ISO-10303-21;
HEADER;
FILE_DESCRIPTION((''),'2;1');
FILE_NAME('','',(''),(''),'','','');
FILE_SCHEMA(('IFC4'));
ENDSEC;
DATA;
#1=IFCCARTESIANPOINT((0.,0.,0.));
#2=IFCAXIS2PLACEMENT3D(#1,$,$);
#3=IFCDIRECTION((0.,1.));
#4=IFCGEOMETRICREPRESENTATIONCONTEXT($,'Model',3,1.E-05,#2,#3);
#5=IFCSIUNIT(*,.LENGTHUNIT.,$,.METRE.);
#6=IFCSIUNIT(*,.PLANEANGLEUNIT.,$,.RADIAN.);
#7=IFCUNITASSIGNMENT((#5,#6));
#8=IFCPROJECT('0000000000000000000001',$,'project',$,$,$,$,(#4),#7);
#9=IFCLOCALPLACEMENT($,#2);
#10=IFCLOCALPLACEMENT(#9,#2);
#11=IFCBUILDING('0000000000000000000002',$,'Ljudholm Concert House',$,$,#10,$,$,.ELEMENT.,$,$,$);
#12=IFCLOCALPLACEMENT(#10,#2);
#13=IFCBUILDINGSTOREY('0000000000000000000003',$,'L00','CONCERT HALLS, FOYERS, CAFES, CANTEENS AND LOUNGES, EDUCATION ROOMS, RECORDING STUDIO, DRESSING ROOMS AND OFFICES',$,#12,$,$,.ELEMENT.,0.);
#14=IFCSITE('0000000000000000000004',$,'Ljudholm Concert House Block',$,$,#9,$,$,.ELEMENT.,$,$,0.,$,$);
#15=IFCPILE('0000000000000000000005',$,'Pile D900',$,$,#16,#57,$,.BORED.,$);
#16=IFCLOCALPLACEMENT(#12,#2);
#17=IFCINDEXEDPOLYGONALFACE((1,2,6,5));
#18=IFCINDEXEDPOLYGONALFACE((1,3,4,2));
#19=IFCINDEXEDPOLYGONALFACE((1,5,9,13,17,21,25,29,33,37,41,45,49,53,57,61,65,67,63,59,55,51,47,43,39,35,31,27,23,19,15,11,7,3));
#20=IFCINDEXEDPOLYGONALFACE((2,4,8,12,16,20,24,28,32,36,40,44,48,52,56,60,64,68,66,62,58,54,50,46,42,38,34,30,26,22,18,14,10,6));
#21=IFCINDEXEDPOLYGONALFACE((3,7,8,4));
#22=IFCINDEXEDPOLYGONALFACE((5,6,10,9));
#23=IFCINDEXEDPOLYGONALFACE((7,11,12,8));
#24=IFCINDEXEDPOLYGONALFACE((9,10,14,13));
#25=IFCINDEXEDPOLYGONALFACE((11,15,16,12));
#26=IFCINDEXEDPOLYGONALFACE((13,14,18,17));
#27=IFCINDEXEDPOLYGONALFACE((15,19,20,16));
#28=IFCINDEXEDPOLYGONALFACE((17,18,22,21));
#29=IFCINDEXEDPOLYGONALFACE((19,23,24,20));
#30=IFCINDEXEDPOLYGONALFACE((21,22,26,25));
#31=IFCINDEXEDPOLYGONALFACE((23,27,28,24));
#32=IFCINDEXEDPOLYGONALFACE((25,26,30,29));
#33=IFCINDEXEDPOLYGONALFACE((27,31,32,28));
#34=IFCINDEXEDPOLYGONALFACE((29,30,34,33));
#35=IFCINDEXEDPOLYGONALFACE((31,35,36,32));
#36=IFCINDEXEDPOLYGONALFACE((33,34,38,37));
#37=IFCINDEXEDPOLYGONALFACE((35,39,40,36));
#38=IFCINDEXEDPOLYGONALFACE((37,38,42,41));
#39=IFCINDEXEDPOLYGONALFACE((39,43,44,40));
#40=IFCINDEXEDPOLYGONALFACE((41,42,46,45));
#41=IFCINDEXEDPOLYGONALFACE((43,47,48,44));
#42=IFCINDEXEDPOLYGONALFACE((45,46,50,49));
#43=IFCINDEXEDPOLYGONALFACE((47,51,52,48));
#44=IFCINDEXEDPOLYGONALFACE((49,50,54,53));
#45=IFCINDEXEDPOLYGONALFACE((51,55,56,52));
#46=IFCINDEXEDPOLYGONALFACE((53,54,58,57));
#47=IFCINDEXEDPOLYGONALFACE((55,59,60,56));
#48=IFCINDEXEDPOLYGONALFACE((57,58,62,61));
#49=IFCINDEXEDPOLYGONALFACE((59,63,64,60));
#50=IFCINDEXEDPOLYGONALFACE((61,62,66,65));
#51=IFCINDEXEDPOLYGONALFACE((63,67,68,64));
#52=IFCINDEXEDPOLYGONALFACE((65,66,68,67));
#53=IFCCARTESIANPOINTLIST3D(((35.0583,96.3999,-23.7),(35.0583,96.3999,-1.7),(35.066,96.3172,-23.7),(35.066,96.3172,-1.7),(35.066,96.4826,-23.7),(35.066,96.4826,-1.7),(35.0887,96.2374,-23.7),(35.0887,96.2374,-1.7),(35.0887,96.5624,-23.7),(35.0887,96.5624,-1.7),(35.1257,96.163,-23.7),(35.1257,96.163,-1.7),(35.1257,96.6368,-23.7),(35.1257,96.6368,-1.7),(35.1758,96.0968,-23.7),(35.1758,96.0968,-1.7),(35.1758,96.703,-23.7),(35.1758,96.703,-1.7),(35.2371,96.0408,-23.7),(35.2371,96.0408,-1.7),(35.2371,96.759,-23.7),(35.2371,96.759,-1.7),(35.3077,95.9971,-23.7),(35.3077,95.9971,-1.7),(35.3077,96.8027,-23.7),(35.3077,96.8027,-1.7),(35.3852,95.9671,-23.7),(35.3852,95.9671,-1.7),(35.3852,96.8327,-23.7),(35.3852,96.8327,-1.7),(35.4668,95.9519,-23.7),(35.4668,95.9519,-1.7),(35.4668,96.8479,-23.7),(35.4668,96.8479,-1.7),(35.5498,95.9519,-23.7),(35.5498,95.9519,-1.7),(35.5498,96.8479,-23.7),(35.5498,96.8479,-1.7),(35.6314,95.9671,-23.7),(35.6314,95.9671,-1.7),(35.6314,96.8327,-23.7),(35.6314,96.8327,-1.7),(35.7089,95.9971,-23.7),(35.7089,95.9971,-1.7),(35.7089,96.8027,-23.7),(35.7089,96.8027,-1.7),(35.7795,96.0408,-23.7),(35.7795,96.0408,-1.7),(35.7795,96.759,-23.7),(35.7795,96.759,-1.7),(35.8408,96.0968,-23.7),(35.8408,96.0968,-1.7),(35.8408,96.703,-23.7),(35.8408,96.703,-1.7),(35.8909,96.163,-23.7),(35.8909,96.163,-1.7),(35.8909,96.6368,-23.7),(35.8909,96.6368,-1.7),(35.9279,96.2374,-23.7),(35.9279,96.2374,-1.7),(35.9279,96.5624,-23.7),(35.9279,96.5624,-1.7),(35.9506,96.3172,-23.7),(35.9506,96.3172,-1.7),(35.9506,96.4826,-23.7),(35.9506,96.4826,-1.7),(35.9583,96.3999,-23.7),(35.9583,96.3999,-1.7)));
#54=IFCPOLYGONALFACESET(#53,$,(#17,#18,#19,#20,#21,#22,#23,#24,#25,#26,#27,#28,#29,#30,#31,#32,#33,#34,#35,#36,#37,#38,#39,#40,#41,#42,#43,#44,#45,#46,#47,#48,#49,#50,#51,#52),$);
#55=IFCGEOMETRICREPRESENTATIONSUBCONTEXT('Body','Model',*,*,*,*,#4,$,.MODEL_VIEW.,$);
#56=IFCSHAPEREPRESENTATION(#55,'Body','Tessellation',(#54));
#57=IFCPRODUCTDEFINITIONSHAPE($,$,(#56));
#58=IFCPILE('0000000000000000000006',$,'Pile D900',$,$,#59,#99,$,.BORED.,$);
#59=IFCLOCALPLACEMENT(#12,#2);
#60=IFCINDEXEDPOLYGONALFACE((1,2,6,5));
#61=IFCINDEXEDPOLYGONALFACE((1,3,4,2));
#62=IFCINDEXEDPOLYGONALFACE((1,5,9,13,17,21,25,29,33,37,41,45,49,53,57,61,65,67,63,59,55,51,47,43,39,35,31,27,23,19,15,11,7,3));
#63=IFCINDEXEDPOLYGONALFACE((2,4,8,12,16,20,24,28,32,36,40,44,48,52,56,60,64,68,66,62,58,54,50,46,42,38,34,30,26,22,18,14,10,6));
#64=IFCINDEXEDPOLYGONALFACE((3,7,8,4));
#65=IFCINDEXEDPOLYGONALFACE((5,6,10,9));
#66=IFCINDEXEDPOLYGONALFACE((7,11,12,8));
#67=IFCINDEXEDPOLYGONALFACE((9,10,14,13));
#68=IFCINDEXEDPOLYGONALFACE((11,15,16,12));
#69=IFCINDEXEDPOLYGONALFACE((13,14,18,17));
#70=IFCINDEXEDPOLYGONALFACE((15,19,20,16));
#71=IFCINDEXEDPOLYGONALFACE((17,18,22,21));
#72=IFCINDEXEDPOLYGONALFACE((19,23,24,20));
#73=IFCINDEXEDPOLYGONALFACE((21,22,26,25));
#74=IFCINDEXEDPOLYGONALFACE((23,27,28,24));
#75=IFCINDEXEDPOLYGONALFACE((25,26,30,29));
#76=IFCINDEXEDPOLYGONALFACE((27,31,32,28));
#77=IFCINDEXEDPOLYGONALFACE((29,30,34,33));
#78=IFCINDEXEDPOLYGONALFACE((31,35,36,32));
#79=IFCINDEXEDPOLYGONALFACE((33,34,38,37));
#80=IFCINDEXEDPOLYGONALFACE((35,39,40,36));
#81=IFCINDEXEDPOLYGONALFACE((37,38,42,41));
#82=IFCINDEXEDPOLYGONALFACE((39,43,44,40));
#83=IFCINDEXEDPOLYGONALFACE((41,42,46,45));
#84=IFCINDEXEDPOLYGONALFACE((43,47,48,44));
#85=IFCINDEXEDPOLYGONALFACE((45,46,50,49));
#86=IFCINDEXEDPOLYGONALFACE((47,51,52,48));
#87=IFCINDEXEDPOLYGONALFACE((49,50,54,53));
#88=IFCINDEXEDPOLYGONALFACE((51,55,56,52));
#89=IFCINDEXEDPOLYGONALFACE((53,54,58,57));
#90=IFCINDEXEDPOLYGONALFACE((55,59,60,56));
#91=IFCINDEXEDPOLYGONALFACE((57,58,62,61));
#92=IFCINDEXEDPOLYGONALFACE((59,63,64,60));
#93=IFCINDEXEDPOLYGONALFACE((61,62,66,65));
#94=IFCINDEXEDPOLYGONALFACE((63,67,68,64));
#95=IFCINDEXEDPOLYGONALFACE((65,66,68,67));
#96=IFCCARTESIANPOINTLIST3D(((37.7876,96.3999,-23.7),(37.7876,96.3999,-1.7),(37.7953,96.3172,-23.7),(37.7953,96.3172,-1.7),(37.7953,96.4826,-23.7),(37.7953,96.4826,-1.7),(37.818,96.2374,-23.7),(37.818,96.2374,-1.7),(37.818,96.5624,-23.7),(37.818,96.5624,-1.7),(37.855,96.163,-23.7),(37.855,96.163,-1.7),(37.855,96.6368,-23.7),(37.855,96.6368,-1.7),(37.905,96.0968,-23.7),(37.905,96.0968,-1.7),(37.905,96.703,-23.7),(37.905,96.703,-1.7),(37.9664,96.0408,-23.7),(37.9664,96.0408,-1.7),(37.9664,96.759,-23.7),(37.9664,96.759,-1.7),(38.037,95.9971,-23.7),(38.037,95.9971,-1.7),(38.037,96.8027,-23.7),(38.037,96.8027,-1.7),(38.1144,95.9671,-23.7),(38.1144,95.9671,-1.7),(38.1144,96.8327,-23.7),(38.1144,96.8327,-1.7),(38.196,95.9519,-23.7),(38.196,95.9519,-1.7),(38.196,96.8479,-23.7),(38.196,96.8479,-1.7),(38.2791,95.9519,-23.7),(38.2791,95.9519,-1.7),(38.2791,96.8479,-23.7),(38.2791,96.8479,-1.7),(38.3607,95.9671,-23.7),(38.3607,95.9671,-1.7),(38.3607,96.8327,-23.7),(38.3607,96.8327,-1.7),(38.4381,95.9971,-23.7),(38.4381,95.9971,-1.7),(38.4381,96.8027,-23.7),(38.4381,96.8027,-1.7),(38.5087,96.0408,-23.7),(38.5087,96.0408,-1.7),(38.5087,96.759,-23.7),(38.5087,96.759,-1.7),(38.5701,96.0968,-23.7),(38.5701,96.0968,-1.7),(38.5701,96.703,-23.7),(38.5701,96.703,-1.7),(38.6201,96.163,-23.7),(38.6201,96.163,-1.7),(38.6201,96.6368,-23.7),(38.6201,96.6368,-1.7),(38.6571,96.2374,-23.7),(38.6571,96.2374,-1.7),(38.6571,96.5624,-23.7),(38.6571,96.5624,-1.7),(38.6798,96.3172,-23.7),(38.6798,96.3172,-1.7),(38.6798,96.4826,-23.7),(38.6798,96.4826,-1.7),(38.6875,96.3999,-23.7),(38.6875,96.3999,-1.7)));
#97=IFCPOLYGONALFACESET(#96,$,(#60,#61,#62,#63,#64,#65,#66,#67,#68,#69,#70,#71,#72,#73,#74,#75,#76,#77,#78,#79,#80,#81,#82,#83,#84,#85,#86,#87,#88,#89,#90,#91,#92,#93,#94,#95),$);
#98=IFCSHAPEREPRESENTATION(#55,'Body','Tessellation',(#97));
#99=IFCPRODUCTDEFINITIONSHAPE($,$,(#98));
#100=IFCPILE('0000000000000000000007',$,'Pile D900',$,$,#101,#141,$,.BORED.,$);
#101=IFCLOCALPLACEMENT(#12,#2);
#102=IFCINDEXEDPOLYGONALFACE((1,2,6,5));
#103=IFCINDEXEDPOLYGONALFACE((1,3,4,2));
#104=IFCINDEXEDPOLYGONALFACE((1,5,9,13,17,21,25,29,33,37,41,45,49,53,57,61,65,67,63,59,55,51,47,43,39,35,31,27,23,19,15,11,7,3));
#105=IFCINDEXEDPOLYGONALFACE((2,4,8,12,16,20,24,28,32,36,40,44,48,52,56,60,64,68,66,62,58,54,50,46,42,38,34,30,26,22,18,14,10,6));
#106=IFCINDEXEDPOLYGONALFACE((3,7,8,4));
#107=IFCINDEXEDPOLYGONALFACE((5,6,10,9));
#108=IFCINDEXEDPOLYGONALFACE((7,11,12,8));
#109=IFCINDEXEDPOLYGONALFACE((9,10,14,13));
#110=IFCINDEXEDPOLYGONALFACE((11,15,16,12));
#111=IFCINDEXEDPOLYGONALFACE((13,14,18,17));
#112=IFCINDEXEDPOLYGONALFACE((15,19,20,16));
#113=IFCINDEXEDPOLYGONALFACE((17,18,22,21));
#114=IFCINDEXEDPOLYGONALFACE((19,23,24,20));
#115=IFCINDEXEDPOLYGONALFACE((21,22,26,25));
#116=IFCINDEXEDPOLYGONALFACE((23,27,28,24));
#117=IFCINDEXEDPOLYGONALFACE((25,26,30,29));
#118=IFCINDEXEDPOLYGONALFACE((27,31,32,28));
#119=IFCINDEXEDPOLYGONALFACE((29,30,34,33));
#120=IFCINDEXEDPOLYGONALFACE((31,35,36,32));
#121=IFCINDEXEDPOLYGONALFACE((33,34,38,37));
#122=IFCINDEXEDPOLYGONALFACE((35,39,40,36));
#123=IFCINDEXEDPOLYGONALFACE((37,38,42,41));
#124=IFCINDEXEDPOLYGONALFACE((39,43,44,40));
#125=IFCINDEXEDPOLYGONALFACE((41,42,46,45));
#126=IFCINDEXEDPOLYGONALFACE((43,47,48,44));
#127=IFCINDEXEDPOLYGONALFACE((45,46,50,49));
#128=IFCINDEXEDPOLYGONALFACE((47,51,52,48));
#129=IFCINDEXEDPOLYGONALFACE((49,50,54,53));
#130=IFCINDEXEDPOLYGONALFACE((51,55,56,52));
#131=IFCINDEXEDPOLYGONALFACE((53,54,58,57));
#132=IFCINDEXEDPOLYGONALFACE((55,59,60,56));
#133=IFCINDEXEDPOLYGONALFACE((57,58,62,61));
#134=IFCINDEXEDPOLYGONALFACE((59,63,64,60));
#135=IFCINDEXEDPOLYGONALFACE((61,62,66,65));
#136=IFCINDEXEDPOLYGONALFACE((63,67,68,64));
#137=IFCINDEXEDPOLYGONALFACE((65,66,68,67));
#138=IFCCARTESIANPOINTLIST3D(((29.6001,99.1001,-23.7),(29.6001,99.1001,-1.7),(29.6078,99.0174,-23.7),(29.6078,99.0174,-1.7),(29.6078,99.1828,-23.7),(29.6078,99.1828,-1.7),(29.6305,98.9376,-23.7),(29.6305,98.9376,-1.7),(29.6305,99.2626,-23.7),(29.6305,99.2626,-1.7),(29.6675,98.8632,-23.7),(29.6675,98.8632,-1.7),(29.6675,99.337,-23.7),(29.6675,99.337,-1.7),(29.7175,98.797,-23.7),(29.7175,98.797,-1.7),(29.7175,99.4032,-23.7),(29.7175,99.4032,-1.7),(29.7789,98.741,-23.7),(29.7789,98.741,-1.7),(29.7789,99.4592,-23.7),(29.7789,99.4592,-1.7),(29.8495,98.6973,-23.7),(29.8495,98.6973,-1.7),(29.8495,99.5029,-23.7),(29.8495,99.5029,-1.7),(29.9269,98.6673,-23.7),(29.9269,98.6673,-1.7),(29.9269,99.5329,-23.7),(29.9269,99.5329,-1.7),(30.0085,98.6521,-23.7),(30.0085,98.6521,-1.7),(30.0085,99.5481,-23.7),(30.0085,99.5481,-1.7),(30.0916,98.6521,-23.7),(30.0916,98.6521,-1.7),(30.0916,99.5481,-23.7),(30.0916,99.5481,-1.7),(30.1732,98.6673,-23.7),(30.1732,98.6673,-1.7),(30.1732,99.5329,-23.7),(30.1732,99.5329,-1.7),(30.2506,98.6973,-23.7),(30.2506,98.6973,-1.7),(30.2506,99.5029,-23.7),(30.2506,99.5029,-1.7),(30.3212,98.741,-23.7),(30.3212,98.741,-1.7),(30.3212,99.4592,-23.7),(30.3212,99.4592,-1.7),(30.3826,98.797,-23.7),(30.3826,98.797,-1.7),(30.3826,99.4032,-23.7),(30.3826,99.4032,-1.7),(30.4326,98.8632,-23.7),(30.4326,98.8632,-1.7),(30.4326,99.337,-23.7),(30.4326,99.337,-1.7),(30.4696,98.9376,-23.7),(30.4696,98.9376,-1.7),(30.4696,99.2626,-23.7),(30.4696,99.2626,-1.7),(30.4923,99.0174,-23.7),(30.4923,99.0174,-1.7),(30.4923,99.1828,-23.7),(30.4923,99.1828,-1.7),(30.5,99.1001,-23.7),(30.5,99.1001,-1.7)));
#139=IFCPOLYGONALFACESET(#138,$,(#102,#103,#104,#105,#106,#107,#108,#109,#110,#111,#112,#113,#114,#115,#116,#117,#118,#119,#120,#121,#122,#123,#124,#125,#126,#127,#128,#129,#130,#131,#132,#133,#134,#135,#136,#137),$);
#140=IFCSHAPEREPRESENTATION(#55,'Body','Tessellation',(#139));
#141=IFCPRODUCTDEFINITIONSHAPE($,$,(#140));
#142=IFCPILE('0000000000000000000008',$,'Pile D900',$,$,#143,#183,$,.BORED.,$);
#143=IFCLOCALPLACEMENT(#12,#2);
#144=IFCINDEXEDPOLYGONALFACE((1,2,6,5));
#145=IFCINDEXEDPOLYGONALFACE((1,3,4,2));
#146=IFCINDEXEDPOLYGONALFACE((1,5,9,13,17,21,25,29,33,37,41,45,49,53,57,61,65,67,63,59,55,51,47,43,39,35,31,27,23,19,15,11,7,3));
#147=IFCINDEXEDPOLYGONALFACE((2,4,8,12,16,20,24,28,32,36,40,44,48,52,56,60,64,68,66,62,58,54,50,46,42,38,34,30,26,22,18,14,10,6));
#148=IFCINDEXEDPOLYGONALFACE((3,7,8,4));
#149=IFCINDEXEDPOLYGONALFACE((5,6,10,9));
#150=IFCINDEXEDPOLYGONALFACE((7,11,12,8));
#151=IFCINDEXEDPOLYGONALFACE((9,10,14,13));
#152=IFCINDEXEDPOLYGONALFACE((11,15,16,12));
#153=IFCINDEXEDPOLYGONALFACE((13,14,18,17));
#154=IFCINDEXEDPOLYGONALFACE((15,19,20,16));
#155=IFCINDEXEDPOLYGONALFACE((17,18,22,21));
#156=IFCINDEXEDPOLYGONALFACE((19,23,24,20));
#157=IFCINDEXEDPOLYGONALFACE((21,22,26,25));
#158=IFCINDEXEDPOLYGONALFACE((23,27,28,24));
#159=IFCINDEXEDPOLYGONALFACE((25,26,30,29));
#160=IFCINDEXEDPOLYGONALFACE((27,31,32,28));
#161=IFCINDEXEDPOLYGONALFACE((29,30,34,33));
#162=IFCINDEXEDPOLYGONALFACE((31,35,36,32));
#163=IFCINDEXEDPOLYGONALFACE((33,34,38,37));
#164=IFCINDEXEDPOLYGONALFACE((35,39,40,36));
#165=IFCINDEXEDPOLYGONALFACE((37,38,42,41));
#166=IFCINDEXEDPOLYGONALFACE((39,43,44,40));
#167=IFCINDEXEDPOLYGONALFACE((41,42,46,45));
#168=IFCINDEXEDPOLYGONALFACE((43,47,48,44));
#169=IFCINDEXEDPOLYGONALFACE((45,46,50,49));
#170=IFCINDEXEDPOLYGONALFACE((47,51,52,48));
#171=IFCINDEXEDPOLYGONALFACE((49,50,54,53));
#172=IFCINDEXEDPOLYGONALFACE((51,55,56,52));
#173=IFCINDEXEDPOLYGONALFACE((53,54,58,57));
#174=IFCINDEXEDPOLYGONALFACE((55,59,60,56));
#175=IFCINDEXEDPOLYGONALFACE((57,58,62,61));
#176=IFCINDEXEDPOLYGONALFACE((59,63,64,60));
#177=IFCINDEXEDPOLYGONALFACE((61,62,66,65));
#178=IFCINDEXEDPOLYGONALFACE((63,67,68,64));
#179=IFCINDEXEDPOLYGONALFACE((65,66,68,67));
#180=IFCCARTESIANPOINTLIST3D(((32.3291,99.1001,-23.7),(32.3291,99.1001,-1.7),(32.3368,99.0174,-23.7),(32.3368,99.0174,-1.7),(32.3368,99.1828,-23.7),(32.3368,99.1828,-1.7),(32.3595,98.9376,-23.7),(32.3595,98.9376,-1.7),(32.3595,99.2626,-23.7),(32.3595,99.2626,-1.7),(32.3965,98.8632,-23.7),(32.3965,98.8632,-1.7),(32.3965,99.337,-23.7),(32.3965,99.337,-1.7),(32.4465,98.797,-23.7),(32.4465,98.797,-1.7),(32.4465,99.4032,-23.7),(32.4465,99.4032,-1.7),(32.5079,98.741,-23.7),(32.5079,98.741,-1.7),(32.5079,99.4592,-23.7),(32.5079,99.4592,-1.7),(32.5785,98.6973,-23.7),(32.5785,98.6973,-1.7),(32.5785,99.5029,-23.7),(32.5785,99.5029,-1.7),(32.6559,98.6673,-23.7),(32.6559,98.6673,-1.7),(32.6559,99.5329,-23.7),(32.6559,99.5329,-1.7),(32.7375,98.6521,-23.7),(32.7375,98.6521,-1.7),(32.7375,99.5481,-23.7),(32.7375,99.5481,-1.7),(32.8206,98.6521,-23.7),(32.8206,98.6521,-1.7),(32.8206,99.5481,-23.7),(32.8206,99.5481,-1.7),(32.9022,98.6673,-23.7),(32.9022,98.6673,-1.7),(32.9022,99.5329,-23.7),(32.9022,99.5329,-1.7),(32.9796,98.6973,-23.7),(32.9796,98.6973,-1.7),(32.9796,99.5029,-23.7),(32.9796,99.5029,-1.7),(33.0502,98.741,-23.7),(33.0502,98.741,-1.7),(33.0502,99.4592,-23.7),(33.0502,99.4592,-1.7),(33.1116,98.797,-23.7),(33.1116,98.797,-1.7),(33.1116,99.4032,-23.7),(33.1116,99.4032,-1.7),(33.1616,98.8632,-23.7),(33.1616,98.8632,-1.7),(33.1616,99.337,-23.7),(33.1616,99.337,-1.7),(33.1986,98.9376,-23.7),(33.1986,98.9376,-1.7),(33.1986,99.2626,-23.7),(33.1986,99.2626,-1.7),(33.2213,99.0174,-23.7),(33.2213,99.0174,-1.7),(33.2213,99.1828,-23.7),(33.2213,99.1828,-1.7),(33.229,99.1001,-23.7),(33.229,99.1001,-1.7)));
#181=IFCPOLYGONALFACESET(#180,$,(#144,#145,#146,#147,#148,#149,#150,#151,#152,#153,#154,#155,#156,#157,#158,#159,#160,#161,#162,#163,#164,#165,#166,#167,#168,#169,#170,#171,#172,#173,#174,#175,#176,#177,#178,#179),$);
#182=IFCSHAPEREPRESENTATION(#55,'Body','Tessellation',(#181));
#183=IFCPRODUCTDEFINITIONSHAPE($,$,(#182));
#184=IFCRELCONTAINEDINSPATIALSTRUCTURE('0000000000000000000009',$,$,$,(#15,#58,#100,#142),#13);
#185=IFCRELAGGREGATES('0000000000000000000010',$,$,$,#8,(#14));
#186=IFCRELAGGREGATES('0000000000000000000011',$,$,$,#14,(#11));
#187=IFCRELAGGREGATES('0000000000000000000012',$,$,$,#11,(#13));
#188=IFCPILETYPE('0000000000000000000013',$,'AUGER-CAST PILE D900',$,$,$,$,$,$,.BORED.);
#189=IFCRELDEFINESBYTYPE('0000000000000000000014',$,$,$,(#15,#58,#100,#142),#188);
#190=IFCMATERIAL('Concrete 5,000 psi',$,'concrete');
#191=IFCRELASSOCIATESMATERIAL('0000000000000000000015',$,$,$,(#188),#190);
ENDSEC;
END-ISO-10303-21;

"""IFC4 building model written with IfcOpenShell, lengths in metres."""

from ifc_helpers import new_model, si_unit, direction, frame, origin, origin_2d, place, context, subcontext, project, spatial, circle, extrude, material, material_profile, profile_set, type_object, element, save


model = new_model("IFC4")

# Units and contexts
model_context = context("Model", 3, precision=1e-05, world=origin(), true_north=direction((0.0, 1.0)))
body_context = subcontext(model_context, "Body", "Model", "MODEL_VIEW")
ifc_project = project(units=[si_unit("LENGTHUNIT", "METRE"), si_unit("PLANEANGLEUNIT", "RADIAN")], contexts=[model_context])

# Site, building, storey
site_placement = place(None, origin())
site = spatial("IfcSite", under=ifc_project, at=site_placement, Name="Ljudholm Concert House Block", CompositionType="ELEMENT", RefElevation=0.0)
building_placement = place(site_placement, origin())
building = spatial("IfcBuilding", under=site, at=building_placement, Name="Ljudholm Concert House", CompositionType="ELEMENT")
storey_placement = place(building_placement, origin())
storey = spatial("IfcBuildingStorey", under=building, at=storey_placement, Name="L00", Description="CONCERT HALLS, FOYERS, CAFES, CANTEENS AND LOUNGES, EDUCATION ROOMS, RECORDING STUDIO, DRESSING ROOMS AND OFFICES", CompositionType="ELEMENT", Elevation=0.0)

# Piles
ifc_material_1 = material(Name="Concrete 5,000 psi", Category="concrete")
ifc_material_profile_1 = material_profile(ifc_material_1, circle(Radius=0.45, at=origin_2d()), Name="AUGER-CAST PILE D900")
ifc_profile_set_1 = profile_set([ifc_material_profile_1], Name="Concrete 5,000 psi")
pile_type_1 = type_object("IfcPileType", Name="AUGER-CAST PILE D900", PredefinedType="BORED", material=ifc_profile_set_1)
for number, where, z_axis, x_axis, name in (
    (1, (35.5083, 96.3999, -1.7), (0.0, 0.0, -1.0), (1.0, 0.0, 0.0), "Pile D900"),
    (2, (38.2375, 96.3999, -1.7), (0.0, 0.0, -1.0), (1.0, 0.0, 0.0), "Pile D900"),
    (3, (30.05, 99.1001, -1.7), (0.0, 0.0, -1.0), (1.0, 0.0, 0.0), "Pile D900"),
    (4, (32.7791, 99.1001, -1.7), (0.0, 0.0, -1.0), (1.0, 0.0, 0.0), "Pile D900"),
):
    element("IfcPile", number, at=place(storey_placement, frame(where, z_axis=z_axis, x_axis=x_axis)), inside=storey, type_object=pile_type_1, Name=name, PredefinedType="BORED", context=body_context, shape_type="SweptSolid", body=[
        extrude(circle(Radius=0.45, at=origin_2d()), origin(), (0.0, 0.0, 1.0), 22.0),
    ])

save(model, "model.ifc")
